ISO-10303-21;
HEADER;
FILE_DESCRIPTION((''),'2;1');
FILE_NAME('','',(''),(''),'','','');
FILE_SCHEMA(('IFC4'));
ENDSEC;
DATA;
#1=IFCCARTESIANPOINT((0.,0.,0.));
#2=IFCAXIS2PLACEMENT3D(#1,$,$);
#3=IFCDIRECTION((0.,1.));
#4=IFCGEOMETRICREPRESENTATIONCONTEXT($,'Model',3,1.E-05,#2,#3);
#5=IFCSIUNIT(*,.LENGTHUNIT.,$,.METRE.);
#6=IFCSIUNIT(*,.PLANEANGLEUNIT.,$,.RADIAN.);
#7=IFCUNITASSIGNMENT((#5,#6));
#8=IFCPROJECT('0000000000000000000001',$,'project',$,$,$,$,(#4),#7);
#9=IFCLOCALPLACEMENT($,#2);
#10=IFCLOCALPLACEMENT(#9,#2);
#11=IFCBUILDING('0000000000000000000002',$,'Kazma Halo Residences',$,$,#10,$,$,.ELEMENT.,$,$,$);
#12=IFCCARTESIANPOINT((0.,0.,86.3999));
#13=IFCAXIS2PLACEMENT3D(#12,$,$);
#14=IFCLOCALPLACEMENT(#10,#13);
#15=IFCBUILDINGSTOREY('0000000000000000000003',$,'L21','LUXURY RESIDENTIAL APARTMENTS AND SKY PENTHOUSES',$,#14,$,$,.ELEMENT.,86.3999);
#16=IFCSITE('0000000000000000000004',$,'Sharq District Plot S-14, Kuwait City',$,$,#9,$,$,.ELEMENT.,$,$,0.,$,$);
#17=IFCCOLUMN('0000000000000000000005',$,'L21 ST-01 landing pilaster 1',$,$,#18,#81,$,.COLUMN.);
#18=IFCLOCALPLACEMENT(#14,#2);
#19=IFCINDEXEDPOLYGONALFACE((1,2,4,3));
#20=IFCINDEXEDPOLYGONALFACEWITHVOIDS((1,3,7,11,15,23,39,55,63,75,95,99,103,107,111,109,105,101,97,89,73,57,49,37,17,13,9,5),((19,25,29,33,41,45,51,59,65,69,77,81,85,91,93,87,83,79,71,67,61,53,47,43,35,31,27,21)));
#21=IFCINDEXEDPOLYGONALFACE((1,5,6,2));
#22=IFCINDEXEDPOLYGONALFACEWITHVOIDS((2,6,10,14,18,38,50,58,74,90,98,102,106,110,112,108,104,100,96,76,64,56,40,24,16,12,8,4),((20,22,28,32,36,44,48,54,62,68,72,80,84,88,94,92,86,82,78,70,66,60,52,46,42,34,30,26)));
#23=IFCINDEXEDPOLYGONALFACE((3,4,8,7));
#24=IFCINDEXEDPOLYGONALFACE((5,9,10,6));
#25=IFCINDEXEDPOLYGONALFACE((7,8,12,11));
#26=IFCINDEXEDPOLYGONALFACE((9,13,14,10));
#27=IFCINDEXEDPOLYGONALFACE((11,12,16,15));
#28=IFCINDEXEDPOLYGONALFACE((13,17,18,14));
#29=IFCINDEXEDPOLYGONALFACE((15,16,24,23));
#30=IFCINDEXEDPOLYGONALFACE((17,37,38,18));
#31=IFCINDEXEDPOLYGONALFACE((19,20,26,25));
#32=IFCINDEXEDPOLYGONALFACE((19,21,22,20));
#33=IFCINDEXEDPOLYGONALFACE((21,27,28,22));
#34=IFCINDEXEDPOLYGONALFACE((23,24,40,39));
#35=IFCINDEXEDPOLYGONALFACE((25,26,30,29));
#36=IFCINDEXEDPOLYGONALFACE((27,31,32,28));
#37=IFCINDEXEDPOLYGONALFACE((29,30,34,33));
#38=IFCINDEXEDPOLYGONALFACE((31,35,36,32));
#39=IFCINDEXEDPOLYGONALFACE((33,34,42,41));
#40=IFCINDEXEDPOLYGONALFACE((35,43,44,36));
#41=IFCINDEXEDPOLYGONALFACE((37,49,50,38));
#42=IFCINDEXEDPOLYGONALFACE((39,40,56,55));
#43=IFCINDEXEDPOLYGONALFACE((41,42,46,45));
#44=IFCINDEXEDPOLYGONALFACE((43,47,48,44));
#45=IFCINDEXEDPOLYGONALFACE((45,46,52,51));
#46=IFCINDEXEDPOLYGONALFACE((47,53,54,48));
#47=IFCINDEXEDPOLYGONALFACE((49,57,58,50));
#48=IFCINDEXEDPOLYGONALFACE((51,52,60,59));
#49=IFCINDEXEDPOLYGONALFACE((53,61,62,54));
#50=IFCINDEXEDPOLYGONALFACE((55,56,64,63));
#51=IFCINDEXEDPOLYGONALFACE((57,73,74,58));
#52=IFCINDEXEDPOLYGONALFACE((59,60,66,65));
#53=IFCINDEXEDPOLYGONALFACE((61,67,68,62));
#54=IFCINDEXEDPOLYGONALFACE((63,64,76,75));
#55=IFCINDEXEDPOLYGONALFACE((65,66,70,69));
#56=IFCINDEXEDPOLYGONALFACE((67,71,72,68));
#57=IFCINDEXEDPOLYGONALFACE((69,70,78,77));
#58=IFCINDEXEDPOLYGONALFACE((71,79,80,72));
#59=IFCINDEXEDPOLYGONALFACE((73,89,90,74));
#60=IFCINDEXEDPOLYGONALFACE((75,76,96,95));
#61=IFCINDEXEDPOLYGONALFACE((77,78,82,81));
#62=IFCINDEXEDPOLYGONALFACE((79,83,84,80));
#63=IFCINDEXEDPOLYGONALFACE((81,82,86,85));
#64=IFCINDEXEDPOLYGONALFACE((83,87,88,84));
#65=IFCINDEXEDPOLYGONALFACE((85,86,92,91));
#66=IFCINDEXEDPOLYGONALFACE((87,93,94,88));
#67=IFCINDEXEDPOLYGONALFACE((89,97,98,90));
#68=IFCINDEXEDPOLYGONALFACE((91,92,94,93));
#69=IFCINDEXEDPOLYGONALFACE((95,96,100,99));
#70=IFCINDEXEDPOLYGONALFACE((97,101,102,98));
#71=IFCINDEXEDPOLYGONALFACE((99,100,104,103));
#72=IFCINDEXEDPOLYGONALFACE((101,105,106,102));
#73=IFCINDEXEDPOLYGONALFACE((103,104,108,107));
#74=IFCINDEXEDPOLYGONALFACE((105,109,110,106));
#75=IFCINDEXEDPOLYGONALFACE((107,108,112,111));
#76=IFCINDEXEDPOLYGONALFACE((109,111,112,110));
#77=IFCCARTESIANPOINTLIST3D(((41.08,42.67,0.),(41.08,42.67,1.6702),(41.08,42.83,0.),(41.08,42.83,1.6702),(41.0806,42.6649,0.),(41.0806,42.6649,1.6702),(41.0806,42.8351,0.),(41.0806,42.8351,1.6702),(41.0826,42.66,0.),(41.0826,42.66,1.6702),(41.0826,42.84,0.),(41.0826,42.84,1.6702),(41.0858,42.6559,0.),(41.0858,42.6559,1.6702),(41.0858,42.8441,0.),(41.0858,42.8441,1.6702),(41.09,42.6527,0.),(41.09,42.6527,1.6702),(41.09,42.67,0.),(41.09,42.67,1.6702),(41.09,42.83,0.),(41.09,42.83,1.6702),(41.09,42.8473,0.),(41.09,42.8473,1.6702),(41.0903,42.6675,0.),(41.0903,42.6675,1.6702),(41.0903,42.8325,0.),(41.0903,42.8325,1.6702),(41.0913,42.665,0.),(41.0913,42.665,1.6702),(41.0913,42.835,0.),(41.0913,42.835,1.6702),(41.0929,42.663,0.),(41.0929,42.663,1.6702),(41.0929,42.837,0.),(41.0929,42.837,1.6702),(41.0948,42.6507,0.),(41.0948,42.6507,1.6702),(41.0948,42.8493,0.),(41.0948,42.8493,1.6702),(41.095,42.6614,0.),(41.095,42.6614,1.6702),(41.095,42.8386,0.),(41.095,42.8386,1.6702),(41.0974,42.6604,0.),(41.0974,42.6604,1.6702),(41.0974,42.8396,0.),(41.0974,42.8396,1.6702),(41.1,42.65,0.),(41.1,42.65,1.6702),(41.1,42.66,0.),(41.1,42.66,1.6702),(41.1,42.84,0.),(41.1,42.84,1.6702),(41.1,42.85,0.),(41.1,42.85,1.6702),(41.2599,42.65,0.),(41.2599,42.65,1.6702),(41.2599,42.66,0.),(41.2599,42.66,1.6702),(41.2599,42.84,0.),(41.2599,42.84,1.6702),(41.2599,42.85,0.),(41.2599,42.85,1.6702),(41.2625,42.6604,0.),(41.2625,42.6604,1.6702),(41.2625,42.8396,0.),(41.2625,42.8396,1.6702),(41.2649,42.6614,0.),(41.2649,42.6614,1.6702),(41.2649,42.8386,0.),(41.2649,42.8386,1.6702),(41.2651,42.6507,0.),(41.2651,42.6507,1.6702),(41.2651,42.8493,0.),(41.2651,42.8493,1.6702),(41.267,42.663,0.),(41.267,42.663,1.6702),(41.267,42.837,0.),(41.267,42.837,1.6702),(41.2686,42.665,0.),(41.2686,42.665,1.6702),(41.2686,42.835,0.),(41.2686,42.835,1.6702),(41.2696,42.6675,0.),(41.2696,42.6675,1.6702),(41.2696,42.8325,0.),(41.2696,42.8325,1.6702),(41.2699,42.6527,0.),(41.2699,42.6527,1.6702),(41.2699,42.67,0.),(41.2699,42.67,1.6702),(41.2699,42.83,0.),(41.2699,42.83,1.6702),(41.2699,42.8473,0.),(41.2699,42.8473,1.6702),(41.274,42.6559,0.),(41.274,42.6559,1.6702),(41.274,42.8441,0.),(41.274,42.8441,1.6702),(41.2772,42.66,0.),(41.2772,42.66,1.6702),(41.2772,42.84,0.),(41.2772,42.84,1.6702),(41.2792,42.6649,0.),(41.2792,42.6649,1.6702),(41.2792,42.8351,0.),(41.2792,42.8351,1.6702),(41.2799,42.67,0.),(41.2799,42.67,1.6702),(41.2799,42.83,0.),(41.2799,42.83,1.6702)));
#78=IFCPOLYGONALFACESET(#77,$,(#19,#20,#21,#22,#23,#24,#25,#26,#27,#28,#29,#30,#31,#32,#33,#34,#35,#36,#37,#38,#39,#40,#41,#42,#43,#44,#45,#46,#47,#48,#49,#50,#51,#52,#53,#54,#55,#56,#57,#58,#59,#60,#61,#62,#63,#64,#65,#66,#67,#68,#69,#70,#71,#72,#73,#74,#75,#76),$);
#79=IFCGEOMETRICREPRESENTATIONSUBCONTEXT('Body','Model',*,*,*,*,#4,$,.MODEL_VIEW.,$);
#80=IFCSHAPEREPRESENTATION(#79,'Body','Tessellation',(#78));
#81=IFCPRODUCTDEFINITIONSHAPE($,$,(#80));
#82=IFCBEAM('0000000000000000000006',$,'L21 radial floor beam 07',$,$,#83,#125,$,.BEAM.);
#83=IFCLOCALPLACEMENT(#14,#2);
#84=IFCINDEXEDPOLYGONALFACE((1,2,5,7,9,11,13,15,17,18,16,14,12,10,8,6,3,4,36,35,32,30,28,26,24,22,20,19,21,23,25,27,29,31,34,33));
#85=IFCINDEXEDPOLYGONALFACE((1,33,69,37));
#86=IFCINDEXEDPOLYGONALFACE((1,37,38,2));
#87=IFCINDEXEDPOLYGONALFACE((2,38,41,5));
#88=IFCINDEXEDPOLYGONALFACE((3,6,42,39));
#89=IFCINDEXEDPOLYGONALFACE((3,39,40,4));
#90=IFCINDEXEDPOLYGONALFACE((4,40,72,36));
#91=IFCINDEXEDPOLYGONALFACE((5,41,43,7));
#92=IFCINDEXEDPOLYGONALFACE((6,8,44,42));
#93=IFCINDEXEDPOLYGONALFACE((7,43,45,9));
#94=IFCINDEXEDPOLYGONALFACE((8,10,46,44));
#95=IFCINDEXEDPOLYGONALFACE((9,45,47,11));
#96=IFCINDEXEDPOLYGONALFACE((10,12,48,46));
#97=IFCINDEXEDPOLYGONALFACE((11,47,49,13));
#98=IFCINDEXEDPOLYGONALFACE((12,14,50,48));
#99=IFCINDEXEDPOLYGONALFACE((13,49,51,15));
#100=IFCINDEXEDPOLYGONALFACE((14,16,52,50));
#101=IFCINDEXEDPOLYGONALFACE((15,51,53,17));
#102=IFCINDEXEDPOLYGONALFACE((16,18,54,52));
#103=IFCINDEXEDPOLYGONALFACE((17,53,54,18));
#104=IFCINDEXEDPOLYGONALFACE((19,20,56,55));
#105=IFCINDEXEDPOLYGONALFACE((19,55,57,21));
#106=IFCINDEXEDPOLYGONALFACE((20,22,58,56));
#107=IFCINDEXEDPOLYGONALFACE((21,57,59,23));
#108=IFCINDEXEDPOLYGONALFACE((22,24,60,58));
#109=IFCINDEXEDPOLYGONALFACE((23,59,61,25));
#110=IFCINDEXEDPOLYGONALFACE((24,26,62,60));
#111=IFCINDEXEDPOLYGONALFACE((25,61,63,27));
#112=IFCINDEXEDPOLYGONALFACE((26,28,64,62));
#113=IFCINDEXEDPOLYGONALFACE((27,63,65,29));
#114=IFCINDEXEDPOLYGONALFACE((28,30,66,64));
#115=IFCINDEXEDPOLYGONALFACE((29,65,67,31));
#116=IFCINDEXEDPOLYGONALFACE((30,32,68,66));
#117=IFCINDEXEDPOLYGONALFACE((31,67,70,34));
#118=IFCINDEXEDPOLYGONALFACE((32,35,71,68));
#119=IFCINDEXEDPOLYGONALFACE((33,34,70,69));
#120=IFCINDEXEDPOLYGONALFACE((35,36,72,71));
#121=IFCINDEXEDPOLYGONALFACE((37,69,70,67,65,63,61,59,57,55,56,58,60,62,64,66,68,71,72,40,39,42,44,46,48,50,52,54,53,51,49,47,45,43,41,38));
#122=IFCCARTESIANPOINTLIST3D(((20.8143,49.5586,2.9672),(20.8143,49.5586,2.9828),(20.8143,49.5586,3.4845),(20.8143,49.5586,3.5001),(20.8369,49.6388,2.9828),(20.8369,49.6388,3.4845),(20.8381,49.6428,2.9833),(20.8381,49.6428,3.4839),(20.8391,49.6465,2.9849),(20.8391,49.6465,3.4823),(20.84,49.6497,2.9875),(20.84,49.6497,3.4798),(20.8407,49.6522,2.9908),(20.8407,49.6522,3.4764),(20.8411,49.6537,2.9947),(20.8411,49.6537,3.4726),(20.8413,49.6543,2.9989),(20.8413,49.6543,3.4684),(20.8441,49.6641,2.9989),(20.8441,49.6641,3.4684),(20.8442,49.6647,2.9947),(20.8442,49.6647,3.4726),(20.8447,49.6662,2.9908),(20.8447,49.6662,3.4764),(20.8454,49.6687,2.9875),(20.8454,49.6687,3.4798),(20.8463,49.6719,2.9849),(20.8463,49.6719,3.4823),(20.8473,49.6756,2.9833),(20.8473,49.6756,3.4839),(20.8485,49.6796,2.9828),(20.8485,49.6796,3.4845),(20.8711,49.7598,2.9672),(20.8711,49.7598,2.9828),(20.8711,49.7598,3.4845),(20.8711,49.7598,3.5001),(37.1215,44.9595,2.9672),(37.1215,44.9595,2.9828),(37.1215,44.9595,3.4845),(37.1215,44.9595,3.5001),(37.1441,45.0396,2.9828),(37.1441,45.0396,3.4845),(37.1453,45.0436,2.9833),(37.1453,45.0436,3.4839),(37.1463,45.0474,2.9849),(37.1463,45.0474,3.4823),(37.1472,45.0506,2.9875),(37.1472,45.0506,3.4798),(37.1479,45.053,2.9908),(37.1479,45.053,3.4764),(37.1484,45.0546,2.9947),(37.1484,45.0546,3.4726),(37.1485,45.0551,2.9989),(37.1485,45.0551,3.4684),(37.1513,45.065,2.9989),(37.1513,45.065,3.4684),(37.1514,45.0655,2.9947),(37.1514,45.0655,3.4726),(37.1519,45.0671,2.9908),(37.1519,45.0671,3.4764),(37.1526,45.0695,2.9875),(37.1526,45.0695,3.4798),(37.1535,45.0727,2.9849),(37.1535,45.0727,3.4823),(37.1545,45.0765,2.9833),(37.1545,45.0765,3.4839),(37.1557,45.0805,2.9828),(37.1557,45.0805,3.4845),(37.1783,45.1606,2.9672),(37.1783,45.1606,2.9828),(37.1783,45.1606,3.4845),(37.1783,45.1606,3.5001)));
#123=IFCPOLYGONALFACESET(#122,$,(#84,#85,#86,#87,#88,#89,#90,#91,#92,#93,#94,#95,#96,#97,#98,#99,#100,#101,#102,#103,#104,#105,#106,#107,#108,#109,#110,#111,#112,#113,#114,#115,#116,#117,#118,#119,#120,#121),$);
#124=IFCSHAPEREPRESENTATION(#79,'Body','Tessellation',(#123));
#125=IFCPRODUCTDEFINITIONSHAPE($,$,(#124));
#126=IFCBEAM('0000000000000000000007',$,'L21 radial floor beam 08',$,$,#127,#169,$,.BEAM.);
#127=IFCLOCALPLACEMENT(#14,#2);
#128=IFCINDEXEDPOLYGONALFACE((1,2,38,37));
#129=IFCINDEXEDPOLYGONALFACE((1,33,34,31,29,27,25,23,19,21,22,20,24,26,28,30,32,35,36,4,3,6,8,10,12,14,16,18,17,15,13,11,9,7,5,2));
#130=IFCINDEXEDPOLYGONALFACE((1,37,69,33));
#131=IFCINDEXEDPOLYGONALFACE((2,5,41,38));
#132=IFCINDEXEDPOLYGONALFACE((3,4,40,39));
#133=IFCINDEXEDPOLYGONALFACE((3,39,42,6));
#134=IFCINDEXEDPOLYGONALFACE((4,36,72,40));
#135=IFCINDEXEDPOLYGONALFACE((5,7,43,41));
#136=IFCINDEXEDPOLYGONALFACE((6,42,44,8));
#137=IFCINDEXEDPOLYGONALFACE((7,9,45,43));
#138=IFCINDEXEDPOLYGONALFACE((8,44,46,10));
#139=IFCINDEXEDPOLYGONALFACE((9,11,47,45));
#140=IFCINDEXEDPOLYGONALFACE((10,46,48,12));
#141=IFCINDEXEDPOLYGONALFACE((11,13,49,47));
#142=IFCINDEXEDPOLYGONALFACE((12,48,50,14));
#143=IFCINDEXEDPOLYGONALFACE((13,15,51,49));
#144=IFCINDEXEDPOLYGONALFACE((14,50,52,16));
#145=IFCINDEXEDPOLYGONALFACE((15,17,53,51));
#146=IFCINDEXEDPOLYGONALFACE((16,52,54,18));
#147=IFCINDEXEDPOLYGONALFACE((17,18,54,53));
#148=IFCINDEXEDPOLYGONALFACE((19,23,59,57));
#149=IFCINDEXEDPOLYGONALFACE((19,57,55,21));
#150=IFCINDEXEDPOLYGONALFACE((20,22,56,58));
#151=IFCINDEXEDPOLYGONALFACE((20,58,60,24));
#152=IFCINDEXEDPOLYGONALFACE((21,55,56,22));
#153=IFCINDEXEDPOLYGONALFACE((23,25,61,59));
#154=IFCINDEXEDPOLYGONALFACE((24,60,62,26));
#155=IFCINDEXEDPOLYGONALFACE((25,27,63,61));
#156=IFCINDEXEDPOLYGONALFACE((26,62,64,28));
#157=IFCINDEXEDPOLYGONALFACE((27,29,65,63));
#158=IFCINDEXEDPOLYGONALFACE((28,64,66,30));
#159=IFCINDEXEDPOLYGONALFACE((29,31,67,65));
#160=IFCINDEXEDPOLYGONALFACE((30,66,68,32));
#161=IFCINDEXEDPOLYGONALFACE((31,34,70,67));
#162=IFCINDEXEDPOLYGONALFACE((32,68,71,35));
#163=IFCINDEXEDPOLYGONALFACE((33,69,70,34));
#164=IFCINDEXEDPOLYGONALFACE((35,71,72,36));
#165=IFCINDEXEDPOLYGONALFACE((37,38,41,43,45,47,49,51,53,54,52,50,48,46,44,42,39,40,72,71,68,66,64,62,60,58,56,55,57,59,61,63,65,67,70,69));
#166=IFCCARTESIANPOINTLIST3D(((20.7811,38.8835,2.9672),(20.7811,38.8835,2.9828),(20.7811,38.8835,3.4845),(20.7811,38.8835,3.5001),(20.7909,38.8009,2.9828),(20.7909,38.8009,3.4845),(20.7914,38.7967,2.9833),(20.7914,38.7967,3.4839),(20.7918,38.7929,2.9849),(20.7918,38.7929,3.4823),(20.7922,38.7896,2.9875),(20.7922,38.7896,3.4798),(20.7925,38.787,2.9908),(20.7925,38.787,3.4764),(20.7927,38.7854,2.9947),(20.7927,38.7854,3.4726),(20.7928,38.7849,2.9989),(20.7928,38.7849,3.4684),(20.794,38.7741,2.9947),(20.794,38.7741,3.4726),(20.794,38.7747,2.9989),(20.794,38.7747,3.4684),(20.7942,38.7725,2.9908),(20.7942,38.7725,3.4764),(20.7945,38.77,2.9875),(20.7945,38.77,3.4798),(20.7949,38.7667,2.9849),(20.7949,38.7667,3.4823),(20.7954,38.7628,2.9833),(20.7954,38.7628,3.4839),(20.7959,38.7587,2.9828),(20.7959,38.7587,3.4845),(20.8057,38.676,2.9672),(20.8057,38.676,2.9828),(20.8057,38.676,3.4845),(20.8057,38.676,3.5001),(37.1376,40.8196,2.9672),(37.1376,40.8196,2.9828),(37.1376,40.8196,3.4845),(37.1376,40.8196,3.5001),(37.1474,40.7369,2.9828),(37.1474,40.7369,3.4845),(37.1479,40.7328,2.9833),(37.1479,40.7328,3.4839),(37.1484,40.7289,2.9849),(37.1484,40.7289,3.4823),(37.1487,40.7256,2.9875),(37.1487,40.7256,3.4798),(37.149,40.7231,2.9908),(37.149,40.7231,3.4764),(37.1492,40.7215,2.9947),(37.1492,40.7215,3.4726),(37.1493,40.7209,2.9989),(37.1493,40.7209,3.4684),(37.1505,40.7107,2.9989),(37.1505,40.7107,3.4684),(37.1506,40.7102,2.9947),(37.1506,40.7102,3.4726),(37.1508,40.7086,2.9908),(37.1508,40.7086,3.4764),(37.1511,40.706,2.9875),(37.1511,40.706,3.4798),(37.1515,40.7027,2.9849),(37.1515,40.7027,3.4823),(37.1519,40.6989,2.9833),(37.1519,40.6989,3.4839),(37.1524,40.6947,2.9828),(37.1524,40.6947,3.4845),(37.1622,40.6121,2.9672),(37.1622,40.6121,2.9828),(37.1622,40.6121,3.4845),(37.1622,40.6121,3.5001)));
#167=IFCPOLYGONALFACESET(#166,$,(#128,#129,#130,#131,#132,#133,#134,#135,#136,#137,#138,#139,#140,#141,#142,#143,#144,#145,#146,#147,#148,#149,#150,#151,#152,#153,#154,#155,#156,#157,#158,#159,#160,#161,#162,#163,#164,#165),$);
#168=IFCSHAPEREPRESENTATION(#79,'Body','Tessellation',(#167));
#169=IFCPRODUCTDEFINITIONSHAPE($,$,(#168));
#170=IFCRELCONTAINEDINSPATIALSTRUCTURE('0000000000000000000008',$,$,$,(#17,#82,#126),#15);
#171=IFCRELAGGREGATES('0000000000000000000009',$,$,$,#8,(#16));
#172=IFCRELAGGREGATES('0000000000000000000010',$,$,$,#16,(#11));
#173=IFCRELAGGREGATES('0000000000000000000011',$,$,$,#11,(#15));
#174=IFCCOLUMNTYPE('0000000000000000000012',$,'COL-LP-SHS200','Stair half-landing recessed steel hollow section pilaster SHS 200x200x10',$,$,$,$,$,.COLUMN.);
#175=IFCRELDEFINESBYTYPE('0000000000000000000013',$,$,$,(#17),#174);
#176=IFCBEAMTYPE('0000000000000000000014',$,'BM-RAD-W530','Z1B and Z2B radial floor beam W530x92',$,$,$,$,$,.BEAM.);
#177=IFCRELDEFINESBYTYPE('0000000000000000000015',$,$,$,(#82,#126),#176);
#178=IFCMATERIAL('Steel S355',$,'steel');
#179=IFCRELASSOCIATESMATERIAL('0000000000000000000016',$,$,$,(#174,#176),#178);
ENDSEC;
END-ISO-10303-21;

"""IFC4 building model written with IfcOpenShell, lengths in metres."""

from ifc_helpers import new_model, si_unit, direction, frame, origin, origin_2d, place, context, subcontext, project, spatial, hollow_rectangle, i_section, extrude, material, material_profile, profile_set, type_object, element, save


model = new_model("IFC4")

# Units and contexts
model_context = context("Model", 3, precision=1e-05, world=origin(), true_north=direction((0.0, 1.0)))
body_context = subcontext(model_context, "Body", "Model", "MODEL_VIEW")
ifc_project = project(units=[si_unit("LENGTHUNIT", "METRE"), si_unit("PLANEANGLEUNIT", "RADIAN")], contexts=[model_context])

# Site, building, storey
site_placement = place(None, origin())
site = spatial("IfcSite", under=ifc_project, at=site_placement, Name="Sharq District Plot S-14, Kuwait City", CompositionType="ELEMENT", RefElevation=0.0)
building_placement = place(site_placement, origin())
building = spatial("IfcBuilding", under=site, at=building_placement, Name="Kazma Halo Residences", CompositionType="ELEMENT")
storey_placement = place(building_placement, frame((0.0, 0.0, 86.3999)))
storey = spatial("IfcBuildingStorey", under=building, at=storey_placement, Name="L21", Description="LUXURY RESIDENTIAL APARTMENTS AND SKY PENTHOUSES", CompositionType="ELEMENT", Elevation=86.3999)

# Column
ifc_material_1 = material(Name="Steel S355", Category="steel")
ifc_material_profile_1 = material_profile(ifc_material_1, hollow_rectangle(XDim=0.2, YDim=0.2, WallThickness=0.01, InnerFilletRadius=0.01, OuterFilletRadius=0.02, at=origin_2d()), Name="SHS200x200x10")
ifc_profile_set_1 = profile_set([ifc_material_profile_1], Name="Steel S355")
column_type = type_object("IfcColumnType", Name="COL-LP-SHS200", Description="Stair half-landing recessed steel hollow section pilaster SHS 200x200x10", PredefinedType="COLUMN", material=ifc_profile_set_1)
column_placement = place(storey_placement, frame((41.1799, 42.75, 0.0), z_axis=(0.0, 0.0, 1.0), x_axis=(1.0, 0.0, 0.0)))
element("IfcColumn", 1, at=column_placement, inside=storey, type_object=column_type, Name="L21 ST-01 landing pilaster 1", PredefinedType="COLUMN", context=body_context, shape_type="SweptSolid", body=[
    extrude(hollow_rectangle(XDim=0.2, YDim=0.2, WallThickness=0.01, InnerFilletRadius=0.01, OuterFilletRadius=0.02, at=origin_2d()), origin(), (0.0, 0.0, 1.0), 1.6702),
])

# Beams
ifc_material_profile_2 = material_profile(ifc_material_1, i_section(OverallWidth=0.209, OverallDepth=0.533, WebThickness=0.0103, FlangeThickness=0.0156, FilletRadius=0.0161, at=origin_2d()), Name="W530x92")
ifc_profile_set_2 = profile_set([ifc_material_profile_2], Name="Steel S355")
beam_type_1 = type_object("IfcBeamType", Name="BM-RAD-W530", Description="Z1B and Z2B radial floor beam W530x92", PredefinedType="BEAM", material=ifc_profile_set_2)
beam_1_placement = place(storey_placement, frame((37.1499, 45.0601, 3.2336), z_axis=(-0.962455, 0.271442, 0.0), x_axis=(-0.271442, -0.962455, 0.0)))
element("IfcBeam", 2, at=beam_1_placement, inside=storey, type_object=beam_type_1, Name="L21 radial floor beam 07", PredefinedType="BEAM", context=body_context, shape_type="SweptSolid", body=[
    extrude(i_section(OverallWidth=0.209, OverallDepth=0.533, WebThickness=0.0103, FlangeThickness=0.0156, FilletRadius=0.0161, at=origin_2d()), origin(), (0.0, 0.0, 1.0), 16.9434),
])
beam_2_placement = place(storey_placement, frame((37.1499, 40.7158, 3.2336), z_axis=(-0.993068, -0.117545, 0.0), x_axis=(0.117545, -0.993068, 0.0)))
element("IfcBeam", 3, at=beam_2_placement, inside=storey, type_object=beam_type_1, Name="L21 radial floor beam 08", PredefinedType="BEAM", context=body_context, shape_type="SweptSolid", body=[
    extrude(i_section(OverallWidth=0.209, OverallDepth=0.533, WebThickness=0.0103, FlangeThickness=0.0156, FilletRadius=0.0161, at=origin_2d()), origin(), (0.0, 0.0, 1.0), 16.4707),
])

save(model, "model.ifc")
